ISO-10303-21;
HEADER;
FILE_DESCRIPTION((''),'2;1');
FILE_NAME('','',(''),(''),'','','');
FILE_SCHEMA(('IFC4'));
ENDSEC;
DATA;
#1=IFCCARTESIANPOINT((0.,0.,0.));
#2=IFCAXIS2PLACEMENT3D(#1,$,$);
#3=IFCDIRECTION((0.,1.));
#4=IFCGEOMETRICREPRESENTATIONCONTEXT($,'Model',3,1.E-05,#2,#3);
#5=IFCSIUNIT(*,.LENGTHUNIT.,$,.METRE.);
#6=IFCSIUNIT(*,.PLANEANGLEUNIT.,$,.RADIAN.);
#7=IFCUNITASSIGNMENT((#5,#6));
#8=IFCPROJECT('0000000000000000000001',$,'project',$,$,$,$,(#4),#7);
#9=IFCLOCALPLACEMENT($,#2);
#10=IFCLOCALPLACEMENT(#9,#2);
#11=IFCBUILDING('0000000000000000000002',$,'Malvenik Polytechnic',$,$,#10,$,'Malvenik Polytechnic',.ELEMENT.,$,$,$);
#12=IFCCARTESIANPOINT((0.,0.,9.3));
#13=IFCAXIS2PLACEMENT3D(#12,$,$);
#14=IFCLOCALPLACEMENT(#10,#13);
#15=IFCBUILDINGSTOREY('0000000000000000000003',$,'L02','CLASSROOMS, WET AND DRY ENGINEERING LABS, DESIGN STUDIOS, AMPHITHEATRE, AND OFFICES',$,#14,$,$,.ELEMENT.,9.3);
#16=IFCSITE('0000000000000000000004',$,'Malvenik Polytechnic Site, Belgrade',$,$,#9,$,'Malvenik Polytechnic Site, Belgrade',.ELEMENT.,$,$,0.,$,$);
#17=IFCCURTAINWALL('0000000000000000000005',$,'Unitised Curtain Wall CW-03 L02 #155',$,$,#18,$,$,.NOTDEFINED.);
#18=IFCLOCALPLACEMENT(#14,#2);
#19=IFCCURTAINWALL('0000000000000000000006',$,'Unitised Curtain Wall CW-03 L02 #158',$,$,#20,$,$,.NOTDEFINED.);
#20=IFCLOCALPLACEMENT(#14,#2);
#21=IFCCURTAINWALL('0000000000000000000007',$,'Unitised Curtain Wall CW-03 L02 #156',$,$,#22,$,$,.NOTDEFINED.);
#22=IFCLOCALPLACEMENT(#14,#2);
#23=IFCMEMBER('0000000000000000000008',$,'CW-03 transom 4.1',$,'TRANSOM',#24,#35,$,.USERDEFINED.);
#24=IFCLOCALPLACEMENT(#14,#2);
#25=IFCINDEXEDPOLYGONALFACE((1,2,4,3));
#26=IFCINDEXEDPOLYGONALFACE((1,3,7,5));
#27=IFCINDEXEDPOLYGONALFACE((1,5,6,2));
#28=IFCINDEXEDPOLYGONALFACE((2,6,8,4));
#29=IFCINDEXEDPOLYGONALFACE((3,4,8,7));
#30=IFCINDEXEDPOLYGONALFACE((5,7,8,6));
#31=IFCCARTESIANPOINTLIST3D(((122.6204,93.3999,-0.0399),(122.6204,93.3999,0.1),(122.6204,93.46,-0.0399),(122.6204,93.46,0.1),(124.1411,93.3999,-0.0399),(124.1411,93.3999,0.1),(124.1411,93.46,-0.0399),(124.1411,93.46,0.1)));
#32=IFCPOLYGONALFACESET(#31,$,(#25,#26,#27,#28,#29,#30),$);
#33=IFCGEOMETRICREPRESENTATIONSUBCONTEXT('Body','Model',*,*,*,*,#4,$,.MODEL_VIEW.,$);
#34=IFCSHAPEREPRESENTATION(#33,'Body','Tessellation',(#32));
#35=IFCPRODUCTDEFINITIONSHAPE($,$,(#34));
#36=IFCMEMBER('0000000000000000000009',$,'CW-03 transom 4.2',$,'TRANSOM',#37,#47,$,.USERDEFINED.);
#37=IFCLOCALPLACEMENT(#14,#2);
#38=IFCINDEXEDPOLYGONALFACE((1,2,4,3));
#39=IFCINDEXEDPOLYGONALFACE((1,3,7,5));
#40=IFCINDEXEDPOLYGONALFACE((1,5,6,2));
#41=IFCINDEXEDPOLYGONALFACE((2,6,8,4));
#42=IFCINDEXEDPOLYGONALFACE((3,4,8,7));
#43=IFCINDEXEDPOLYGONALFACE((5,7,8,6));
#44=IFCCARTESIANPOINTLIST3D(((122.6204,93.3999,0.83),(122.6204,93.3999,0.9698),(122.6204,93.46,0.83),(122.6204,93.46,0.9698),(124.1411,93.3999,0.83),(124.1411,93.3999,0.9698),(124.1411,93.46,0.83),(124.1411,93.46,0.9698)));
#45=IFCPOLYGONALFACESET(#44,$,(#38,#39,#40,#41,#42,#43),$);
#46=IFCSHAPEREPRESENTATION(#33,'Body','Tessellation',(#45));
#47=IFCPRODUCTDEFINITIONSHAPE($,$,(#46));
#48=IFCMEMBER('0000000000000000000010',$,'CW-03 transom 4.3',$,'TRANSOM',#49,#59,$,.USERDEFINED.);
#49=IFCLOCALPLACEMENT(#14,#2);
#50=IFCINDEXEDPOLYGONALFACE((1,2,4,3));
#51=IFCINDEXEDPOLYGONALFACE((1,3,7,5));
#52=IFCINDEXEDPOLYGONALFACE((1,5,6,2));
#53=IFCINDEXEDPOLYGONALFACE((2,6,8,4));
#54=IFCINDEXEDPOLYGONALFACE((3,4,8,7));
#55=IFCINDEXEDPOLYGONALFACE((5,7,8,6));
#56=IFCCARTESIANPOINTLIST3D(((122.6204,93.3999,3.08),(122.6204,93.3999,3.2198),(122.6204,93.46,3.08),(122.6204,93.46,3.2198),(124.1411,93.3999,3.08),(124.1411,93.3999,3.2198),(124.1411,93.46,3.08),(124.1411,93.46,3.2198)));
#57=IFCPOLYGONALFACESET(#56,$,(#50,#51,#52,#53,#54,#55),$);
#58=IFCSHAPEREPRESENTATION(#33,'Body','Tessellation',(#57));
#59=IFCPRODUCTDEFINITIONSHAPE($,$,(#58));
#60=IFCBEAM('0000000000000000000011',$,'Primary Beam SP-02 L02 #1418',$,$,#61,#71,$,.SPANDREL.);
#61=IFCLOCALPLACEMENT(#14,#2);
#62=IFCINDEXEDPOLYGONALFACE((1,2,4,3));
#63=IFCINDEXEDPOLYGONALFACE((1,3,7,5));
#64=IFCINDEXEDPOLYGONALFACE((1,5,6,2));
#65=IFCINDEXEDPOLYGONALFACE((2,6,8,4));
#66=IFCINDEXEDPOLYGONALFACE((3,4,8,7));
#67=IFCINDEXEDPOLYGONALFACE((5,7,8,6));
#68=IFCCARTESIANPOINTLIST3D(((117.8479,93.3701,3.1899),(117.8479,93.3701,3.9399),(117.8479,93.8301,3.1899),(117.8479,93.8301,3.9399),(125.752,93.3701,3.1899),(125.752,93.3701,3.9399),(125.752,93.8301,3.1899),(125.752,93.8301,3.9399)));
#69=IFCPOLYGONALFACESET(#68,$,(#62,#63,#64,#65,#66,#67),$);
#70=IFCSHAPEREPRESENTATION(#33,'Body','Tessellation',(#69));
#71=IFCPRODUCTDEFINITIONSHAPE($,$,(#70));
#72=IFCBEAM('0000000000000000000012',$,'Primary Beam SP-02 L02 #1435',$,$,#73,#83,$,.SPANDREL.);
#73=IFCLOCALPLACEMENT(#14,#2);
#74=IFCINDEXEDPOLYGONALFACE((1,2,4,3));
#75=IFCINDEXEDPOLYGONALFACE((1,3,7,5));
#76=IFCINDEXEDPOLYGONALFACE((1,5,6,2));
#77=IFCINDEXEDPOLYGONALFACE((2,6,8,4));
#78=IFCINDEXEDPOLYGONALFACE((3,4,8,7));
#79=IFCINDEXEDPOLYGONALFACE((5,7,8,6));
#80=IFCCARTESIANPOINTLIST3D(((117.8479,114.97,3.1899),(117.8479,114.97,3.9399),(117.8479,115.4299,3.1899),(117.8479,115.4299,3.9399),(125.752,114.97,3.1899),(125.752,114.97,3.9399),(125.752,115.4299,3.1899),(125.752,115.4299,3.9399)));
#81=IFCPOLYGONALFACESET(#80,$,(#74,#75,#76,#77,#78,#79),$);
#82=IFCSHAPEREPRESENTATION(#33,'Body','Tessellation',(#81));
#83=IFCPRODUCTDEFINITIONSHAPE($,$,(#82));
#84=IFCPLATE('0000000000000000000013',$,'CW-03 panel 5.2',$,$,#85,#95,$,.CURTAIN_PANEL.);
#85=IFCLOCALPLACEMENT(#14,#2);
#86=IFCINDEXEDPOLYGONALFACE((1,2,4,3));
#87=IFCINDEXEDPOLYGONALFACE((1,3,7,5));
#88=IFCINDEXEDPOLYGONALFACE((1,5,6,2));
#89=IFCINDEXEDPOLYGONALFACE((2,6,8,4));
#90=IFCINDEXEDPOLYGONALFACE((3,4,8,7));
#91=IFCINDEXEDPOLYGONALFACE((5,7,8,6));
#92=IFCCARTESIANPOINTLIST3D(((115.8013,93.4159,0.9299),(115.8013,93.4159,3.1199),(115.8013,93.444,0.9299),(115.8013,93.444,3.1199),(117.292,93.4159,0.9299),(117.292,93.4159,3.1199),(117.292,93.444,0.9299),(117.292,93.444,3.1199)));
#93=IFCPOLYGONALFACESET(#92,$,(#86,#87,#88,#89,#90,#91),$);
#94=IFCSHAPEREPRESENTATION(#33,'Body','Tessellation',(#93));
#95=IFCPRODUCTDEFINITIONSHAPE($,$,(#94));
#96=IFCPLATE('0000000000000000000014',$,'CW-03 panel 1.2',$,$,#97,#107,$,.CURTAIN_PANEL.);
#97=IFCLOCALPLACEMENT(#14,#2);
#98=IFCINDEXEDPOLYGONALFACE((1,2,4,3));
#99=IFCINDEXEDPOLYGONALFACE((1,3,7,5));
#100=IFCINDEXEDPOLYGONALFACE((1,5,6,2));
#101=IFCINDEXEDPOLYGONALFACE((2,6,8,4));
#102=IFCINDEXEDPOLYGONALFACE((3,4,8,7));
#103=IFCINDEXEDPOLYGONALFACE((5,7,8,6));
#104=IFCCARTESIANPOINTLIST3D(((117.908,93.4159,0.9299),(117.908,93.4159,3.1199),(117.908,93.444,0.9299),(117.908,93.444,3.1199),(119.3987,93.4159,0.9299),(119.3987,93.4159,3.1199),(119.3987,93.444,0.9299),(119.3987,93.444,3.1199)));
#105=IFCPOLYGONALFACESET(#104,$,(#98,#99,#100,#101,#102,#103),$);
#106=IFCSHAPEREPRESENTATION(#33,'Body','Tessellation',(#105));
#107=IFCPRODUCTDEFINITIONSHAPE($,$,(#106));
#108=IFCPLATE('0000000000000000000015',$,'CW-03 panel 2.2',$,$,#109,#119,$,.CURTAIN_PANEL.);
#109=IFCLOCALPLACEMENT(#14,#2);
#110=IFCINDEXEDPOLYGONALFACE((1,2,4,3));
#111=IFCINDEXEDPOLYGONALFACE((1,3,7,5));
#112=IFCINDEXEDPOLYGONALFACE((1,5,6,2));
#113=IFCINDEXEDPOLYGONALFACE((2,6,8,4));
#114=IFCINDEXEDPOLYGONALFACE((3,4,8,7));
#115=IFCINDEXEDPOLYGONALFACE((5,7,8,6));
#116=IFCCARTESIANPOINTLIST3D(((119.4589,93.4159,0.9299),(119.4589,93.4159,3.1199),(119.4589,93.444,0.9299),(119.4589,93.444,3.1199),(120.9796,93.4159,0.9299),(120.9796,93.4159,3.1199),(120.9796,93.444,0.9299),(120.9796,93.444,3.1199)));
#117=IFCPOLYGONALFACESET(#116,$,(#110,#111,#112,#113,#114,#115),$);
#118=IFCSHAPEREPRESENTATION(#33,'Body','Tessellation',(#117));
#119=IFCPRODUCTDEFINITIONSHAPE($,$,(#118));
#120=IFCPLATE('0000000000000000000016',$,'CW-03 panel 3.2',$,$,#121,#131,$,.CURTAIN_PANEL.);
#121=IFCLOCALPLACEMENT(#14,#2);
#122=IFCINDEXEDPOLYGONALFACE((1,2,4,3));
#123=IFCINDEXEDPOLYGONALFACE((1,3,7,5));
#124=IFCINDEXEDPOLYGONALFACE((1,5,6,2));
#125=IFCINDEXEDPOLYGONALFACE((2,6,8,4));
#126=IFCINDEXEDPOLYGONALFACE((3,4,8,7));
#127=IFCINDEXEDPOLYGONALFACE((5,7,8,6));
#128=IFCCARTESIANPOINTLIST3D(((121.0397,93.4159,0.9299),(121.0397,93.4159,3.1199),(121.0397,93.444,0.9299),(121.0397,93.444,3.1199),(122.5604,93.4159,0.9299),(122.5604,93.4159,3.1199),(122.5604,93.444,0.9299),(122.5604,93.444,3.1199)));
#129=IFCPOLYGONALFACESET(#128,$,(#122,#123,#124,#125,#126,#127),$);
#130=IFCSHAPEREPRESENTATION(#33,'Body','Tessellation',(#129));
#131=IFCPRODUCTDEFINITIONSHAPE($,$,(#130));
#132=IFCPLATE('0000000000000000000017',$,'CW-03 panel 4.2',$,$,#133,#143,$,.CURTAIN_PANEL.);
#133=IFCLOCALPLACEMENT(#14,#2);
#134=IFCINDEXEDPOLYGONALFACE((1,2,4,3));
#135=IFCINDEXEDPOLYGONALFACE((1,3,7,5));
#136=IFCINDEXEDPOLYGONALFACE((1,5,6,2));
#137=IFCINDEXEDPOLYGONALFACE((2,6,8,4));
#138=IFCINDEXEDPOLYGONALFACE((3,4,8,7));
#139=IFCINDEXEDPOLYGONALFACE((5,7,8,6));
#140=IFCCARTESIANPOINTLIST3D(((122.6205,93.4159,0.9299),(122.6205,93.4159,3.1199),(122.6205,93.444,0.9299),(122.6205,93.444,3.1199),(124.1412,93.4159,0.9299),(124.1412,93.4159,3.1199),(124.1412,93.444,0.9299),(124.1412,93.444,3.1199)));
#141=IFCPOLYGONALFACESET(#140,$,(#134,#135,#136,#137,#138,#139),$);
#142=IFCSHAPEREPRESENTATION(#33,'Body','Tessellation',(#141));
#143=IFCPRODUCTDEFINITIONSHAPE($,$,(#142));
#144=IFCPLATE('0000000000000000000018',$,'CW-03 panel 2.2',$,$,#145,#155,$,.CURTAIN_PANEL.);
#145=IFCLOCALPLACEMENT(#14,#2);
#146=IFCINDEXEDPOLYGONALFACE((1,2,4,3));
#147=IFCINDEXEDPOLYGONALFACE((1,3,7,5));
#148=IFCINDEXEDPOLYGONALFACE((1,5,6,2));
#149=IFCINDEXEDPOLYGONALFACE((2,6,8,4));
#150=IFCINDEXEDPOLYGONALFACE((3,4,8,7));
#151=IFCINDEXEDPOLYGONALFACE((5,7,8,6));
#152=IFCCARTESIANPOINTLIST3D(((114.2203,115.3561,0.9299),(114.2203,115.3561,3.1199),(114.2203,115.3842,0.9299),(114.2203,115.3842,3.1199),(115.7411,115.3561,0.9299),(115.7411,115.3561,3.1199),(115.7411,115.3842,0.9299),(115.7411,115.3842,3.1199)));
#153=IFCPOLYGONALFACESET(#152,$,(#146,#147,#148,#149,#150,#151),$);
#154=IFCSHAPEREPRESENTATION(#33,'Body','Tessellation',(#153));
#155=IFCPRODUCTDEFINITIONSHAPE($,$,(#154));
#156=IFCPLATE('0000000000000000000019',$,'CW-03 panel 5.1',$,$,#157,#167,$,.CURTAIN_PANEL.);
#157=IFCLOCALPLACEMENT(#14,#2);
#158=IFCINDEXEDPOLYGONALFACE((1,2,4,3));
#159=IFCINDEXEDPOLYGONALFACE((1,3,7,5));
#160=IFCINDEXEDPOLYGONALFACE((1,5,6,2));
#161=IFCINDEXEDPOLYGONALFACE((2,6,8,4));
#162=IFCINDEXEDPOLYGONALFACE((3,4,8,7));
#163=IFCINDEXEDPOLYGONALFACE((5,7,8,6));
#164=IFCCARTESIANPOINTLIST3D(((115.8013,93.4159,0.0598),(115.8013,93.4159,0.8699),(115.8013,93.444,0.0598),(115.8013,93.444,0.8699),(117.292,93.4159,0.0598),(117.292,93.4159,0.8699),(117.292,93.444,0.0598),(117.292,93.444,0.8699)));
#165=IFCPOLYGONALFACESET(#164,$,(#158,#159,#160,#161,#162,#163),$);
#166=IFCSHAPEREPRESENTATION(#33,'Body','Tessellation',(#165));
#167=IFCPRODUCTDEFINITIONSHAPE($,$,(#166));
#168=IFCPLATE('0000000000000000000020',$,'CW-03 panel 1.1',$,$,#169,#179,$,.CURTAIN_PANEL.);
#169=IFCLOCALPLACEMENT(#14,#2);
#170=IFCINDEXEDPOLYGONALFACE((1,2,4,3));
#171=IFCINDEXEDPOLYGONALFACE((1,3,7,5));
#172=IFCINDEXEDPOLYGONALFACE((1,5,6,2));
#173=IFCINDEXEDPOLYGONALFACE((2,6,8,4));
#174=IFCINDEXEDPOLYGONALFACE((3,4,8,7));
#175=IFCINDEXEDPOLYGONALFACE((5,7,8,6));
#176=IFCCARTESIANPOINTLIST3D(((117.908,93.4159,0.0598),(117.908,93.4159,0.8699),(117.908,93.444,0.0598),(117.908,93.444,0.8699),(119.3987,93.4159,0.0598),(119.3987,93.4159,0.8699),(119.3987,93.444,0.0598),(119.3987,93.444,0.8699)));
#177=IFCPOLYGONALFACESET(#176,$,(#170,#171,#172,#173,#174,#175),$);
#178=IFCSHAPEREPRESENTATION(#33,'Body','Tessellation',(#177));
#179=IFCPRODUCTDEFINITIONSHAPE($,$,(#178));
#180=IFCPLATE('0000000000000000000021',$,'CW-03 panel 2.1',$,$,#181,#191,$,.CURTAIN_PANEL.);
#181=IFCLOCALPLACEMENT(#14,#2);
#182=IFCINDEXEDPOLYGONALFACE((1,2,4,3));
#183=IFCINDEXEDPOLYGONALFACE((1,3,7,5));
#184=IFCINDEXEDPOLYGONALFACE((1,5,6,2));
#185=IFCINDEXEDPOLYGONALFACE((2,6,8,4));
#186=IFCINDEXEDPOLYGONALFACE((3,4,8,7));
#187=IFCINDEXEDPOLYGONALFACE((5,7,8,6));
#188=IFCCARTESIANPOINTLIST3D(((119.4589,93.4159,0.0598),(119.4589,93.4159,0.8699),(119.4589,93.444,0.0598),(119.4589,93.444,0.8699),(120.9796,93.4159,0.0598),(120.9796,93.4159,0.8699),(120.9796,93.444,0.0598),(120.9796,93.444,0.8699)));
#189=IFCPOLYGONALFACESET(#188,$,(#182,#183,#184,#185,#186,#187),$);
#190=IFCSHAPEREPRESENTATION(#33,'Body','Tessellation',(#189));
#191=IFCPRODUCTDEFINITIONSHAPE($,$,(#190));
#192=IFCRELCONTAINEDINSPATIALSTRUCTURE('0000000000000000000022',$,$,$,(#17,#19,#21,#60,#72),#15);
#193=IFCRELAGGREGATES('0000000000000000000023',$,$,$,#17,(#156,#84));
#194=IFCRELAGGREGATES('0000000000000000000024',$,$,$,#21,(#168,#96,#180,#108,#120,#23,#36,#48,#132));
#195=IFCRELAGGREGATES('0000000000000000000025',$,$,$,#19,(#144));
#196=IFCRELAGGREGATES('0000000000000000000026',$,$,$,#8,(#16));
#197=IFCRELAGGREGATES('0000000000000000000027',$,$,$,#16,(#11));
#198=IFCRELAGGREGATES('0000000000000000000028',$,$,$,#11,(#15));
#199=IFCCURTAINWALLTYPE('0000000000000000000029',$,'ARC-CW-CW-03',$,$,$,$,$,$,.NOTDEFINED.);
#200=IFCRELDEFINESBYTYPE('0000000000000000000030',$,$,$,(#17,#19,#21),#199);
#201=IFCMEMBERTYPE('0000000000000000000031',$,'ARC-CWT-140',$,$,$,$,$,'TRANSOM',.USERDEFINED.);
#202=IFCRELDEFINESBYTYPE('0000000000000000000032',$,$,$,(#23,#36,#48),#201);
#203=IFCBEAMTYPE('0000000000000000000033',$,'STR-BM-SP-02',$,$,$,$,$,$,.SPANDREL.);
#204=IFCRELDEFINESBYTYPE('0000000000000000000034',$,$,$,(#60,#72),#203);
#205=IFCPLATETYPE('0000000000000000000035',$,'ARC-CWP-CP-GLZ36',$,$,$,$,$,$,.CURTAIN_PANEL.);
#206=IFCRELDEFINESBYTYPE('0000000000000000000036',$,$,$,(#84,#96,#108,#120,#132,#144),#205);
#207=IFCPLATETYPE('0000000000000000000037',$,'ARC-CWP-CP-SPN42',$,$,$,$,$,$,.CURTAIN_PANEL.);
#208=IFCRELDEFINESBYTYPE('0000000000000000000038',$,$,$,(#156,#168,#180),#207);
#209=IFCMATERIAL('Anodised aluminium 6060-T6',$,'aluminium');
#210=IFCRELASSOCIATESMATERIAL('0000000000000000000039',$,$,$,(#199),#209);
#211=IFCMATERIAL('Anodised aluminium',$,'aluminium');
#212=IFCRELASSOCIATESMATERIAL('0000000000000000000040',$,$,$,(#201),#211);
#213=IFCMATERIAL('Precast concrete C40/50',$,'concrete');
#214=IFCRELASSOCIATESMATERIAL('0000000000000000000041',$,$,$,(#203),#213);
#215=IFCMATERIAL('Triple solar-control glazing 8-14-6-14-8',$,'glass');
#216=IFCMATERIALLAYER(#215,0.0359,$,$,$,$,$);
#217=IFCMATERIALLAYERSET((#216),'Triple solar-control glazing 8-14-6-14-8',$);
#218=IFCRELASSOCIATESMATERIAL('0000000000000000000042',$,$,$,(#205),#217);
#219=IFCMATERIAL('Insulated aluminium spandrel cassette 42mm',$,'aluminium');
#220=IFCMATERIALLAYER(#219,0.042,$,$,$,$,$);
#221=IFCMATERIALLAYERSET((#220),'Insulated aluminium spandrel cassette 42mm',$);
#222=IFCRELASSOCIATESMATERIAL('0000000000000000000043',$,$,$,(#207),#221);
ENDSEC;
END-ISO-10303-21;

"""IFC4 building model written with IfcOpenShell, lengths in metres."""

from ifc_helpers import new_model, si_unit, direction, frame, origin, origin_2d, place, context, subcontext, project, spatial, rectangle, extrude, material, layer, layer_set, material_profile, profile_set, type_object, element, aggregate, save


model = new_model("IFC4")

# Units and contexts
model_context = context("Model", 3, precision=1e-05, world=origin(), true_north=direction((0.0, 1.0)))
body_context = subcontext(model_context, "Body", "Model", "MODEL_VIEW")
ifc_project = project(units=[si_unit("LENGTHUNIT", "METRE"), si_unit("PLANEANGLEUNIT", "RADIAN")], contexts=[model_context])

# Site, building, storey
site_placement = place(None, origin())
site = spatial("IfcSite", under=ifc_project, at=site_placement, Name="Malvenik Polytechnic Site, Belgrade", LongName="Malvenik Polytechnic Site, Belgrade", CompositionType="ELEMENT", RefElevation=0.0)
building_placement = place(site_placement, origin())
building = spatial("IfcBuilding", under=site, at=building_placement, Name="Malvenik Polytechnic", LongName="Malvenik Polytechnic", CompositionType="ELEMENT")
storey_placement = place(building_placement, frame((0.0, 0.0, 9.3)))
storey = spatial("IfcBuildingStorey", under=building, at=storey_placement, Name="L02", Description="CLASSROOMS, WET AND DRY ENGINEERING LABS, DESIGN STUDIOS, AMPHITHEATRE, AND OFFICES", CompositionType="ELEMENT", Elevation=9.3)

# Curtain walls
ifc_material_1 = material(Name="Anodised aluminium 6060-T6", Category="aluminium")
curtain_wall_type = type_object("IfcCurtainWallType", Name="ARC-CW-CW-03", PredefinedType="NOTDEFINED", material=ifc_material_1)
curtain_wall_1_placement = place(storey_placement, origin())
curtain_wall_1 = element("IfcCurtainWall", 1, at=curtain_wall_1_placement, inside=storey, type_object=curtain_wall_type, Name="Unitised Curtain Wall CW-03 L02 #155", PredefinedType="NOTDEFINED")
ifc_material_2 = material(Name="Anodised aluminium", Category="aluminium")
curtain_wall_2_placement = place(storey_placement, origin())
curtain_wall_2 = element("IfcCurtainWall", 2, at=curtain_wall_2_placement, inside=storey, type_object=curtain_wall_type, Name="Unitised Curtain Wall CW-03 L02 #158", PredefinedType="NOTDEFINED")

# Curtain wall
curtain_wall_3_placement = place(storey_placement, origin())
curtain_wall_3 = element("IfcCurtainWall", 3, at=curtain_wall_3_placement, inside=storey, type_object=curtain_wall_type, Name="Unitised Curtain Wall CW-03 L02 #156", PredefinedType="NOTDEFINED")

# Members
ifc_material_profile_1 = material_profile(ifc_material_2, rectangle(XDim=0.0601, YDim=0.1399, at=origin_2d()), Name="ALU TRANSOM 60x140")
ifc_profile_set_1 = profile_set([ifc_material_profile_1], Name="Anodised aluminium")
member_type_1 = type_object("IfcMemberType", Name="ARC-CWT-140", ElementType="TRANSOM", PredefinedType="USERDEFINED", material=ifc_profile_set_1)
member_1_placement = place(storey_placement, frame((122.6204, 93.4299, 0.03), z_axis=(1.0, 0.0, 0.0), x_axis=(0.0, 1.0, 0.0)))
member_1 = element("IfcMember", 4, at=member_1_placement, type_object=member_type_1, Name="CW-03 transom 4.1", ObjectType="TRANSOM", PredefinedType="USERDEFINED", context=body_context, shape_type="SweptSolid", body=[
    extrude(rectangle(XDim=0.0601, YDim=0.1399, at=origin_2d()), origin(), (0.0, 0.0, 1.0), 1.5208),
])
member_2_placement = place(storey_placement, frame((122.6204, 93.4299, 0.8999), z_axis=(1.0, 0.0, 0.0), x_axis=(0.0, 1.0, 0.0)))
member_2 = element("IfcMember", 5, at=member_2_placement, type_object=member_type_1, Name="CW-03 transom 4.2", ObjectType="TRANSOM", PredefinedType="USERDEFINED", context=body_context, shape_type="SweptSolid", body=[
    extrude(rectangle(XDim=0.0601, YDim=0.1399, at=origin_2d()), origin(), (0.0, 0.0, 1.0), 1.5208),
])
member_3_placement = place(storey_placement, frame((122.6204, 93.4299, 3.1499), z_axis=(1.0, 0.0, 0.0), x_axis=(0.0, 1.0, 0.0)))
member_3 = element("IfcMember", 6, at=member_3_placement, type_object=member_type_1, Name="CW-03 transom 4.3", ObjectType="TRANSOM", PredefinedType="USERDEFINED", context=body_context, shape_type="SweptSolid", body=[
    extrude(rectangle(XDim=0.0601, YDim=0.1399, at=origin_2d()), origin(), (0.0, 0.0, 1.0), 1.5208),
])

# Beams
ifc_material_3 = material(Name="Precast concrete C40/50", Category="concrete")
ifc_material_profile_2 = material_profile(ifc_material_3, rectangle(XDim=0.46, YDim=0.75, at=origin_2d()), Name="PC SPN 460x750")
ifc_profile_set_2 = profile_set([ifc_material_profile_2], Name="Precast concrete C40/50")
beam_type = type_object("IfcBeamType", Name="STR-BM-SP-02", PredefinedType="SPANDREL", material=ifc_profile_set_2)
for number, where, z_axis, x_axis, name in (
    (7, (117.8479, 93.6001, 3.5649), (1.0, 0.0, 0.0), (0.0, 1.0, 0.0), "Primary Beam SP-02 L02 #1418"),
    (8, (117.8479, 115.2, 3.5649), (1.0, 0.0, 0.0), (0.0, 1.0, 0.0), "Primary Beam SP-02 L02 #1435"),
):
    element("IfcBeam", number, at=place(storey_placement, frame(where, z_axis=z_axis, x_axis=x_axis)), inside=storey, type_object=beam_type, Name=name, PredefinedType="SPANDREL", context=body_context, shape_type="SweptSolid", body=[
        extrude(rectangle(XDim=0.46, YDim=0.75, at=origin_2d()), origin(), (0.0, 0.0, 1.0), 7.9041),
    ])

# Plates
ifc_material_4 = material(Name="Triple solar-control glazing 8-14-6-14-8", Category="glass")
ifc_layer_1 = layer(ifc_material_4, 0.0359)
ifc_layer_set_1 = layer_set([ifc_layer_1], Name="Triple solar-control glazing 8-14-6-14-8")
plate_type_1 = type_object("IfcPlateType", Name="ARC-CWP-CP-GLZ36", PredefinedType="CURTAIN_PANEL", material=ifc_layer_set_1)
plate_1_placement = place(storey_placement, frame((116.5466, 93.4299, 0.9299), z_axis=(0.0, 0.0, 1.0), x_axis=(1.0, 0.0, 0.0)))
plate_1 = element("IfcPlate", 9, at=plate_1_placement, type_object=plate_type_1, Name="CW-03 panel 5.2", PredefinedType="CURTAIN_PANEL", context=body_context, shape_type="SweptSolid", body=[
    extrude(rectangle(XDim=1.4907, YDim=0.0281, at=origin_2d()), origin(), (0.0, 0.0, 1.0), 2.1899),
])
plate_2_placement = place(storey_placement, frame((118.6533, 93.4299, 0.9299), z_axis=(0.0, 0.0, 1.0), x_axis=(1.0, 0.0, 0.0)))
plate_2 = element("IfcPlate", 10, at=plate_2_placement, type_object=plate_type_1, Name="CW-03 panel 1.2", PredefinedType="CURTAIN_PANEL", context=body_context, shape_type="SweptSolid", body=[
    extrude(rectangle(XDim=1.4907, YDim=0.0281, at=origin_2d()), origin(), (0.0, 0.0, 1.0), 2.1899),
])
plate_3_placement = place(storey_placement, frame((120.2192, 93.4299, 0.9299), z_axis=(0.0, 0.0, 1.0), x_axis=(1.0, 0.0, 0.0)))
plate_3 = element("IfcPlate", 11, at=plate_3_placement, type_object=plate_type_1, Name="CW-03 panel 2.2", PredefinedType="CURTAIN_PANEL", context=body_context, shape_type="SweptSolid", body=[
    extrude(rectangle(XDim=1.5208, YDim=0.0281, at=origin_2d()), origin(), (0.0, 0.0, 1.0), 2.1899),
])
plate_4_placement = place(storey_placement, frame((121.8, 93.4299, 0.9299), z_axis=(0.0, 0.0, 1.0), x_axis=(1.0, 0.0, 0.0)))
plate_4 = element("IfcPlate", 12, at=plate_4_placement, type_object=plate_type_1, Name="CW-03 panel 3.2", PredefinedType="CURTAIN_PANEL", context=body_context, shape_type="SweptSolid", body=[
    extrude(rectangle(XDim=1.5208, YDim=0.0281, at=origin_2d()), origin(), (0.0, 0.0, 1.0), 2.1899),
])
plate_5_placement = place(storey_placement, frame((123.3809, 93.4299, 0.9299), z_axis=(0.0, 0.0, 1.0), x_axis=(1.0, 0.0, 0.0)))
plate_5 = element("IfcPlate", 13, at=plate_5_placement, type_object=plate_type_1, Name="CW-03 panel 4.2", PredefinedType="CURTAIN_PANEL", context=body_context, shape_type="SweptSolid", body=[
    extrude(rectangle(XDim=1.5208, YDim=0.0281, at=origin_2d()), origin(), (0.0, 0.0, 1.0), 2.1899),
])
plate_6_placement = place(storey_placement, frame((114.9807, 115.3701, 0.9299), z_axis=(0.0, 0.0, 1.0), x_axis=(-1.0, 0.0, 0.0)))
plate_6 = element("IfcPlate", 14, at=plate_6_placement, type_object=plate_type_1, Name="CW-03 panel 2.2", PredefinedType="CURTAIN_PANEL", context=body_context, shape_type="SweptSolid", body=[
    extrude(rectangle(XDim=1.5208, YDim=0.0281, at=origin_2d()), origin(), (0.0, 0.0, 1.0), 2.1899),
])
ifc_material_5 = material(Name="Insulated aluminium spandrel cassette 42mm", Category="aluminium")
ifc_layer_2 = layer(ifc_material_5, 0.042)
ifc_layer_set_2 = layer_set([ifc_layer_2], Name="Insulated aluminium spandrel cassette 42mm")
plate_type_2 = type_object("IfcPlateType", Name="ARC-CWP-CP-SPN42", PredefinedType="CURTAIN_PANEL", material=ifc_layer_set_2)
plate_7_placement = place(storey_placement, frame((116.5466, 93.4299, 0.0598), z_axis=(0.0, 0.0, 1.0), x_axis=(1.0, 0.0, 0.0)))
plate_7 = element("IfcPlate", 15, at=plate_7_placement, type_object=plate_type_2, Name="CW-03 panel 5.1", PredefinedType="CURTAIN_PANEL", context=body_context, shape_type="SweptSolid", body=[
    extrude(rectangle(XDim=1.4907, YDim=0.0281, at=origin_2d()), origin(), (0.0, 0.0, 1.0), 0.8101),
])
aggregate(curtain_wall_1, [plate_7, plate_1])
plate_8_placement = place(storey_placement, frame((118.6533, 93.4299, 0.0598), z_axis=(0.0, 0.0, 1.0), x_axis=(1.0, 0.0, 0.0)))
plate_8 = element("IfcPlate", 16, at=plate_8_placement, type_object=plate_type_2, Name="CW-03 panel 1.1", PredefinedType="CURTAIN_PANEL", context=body_context, shape_type="SweptSolid", body=[
    extrude(rectangle(XDim=1.4907, YDim=0.0281, at=origin_2d()), origin(), (0.0, 0.0, 1.0), 0.8101),
])
plate_9_placement = place(storey_placement, frame((120.2192, 93.4299, 0.0598), z_axis=(0.0, 0.0, 1.0), x_axis=(1.0, 0.0, 0.0)))
plate_9 = element("IfcPlate", 17, at=plate_9_placement, type_object=plate_type_2, Name="CW-03 panel 2.1", PredefinedType="CURTAIN_PANEL", context=body_context, shape_type="SweptSolid", body=[
    extrude(rectangle(XDim=1.5208, YDim=0.0281, at=origin_2d()), origin(), (0.0, 0.0, 1.0), 0.8101),
])
aggregate(curtain_wall_3, [plate_8, plate_2, plate_9, plate_3, plate_4, member_1, member_2, member_3, plate_5])
aggregate(curtain_wall_2, [plate_6])

save(model, "model.ifc")
